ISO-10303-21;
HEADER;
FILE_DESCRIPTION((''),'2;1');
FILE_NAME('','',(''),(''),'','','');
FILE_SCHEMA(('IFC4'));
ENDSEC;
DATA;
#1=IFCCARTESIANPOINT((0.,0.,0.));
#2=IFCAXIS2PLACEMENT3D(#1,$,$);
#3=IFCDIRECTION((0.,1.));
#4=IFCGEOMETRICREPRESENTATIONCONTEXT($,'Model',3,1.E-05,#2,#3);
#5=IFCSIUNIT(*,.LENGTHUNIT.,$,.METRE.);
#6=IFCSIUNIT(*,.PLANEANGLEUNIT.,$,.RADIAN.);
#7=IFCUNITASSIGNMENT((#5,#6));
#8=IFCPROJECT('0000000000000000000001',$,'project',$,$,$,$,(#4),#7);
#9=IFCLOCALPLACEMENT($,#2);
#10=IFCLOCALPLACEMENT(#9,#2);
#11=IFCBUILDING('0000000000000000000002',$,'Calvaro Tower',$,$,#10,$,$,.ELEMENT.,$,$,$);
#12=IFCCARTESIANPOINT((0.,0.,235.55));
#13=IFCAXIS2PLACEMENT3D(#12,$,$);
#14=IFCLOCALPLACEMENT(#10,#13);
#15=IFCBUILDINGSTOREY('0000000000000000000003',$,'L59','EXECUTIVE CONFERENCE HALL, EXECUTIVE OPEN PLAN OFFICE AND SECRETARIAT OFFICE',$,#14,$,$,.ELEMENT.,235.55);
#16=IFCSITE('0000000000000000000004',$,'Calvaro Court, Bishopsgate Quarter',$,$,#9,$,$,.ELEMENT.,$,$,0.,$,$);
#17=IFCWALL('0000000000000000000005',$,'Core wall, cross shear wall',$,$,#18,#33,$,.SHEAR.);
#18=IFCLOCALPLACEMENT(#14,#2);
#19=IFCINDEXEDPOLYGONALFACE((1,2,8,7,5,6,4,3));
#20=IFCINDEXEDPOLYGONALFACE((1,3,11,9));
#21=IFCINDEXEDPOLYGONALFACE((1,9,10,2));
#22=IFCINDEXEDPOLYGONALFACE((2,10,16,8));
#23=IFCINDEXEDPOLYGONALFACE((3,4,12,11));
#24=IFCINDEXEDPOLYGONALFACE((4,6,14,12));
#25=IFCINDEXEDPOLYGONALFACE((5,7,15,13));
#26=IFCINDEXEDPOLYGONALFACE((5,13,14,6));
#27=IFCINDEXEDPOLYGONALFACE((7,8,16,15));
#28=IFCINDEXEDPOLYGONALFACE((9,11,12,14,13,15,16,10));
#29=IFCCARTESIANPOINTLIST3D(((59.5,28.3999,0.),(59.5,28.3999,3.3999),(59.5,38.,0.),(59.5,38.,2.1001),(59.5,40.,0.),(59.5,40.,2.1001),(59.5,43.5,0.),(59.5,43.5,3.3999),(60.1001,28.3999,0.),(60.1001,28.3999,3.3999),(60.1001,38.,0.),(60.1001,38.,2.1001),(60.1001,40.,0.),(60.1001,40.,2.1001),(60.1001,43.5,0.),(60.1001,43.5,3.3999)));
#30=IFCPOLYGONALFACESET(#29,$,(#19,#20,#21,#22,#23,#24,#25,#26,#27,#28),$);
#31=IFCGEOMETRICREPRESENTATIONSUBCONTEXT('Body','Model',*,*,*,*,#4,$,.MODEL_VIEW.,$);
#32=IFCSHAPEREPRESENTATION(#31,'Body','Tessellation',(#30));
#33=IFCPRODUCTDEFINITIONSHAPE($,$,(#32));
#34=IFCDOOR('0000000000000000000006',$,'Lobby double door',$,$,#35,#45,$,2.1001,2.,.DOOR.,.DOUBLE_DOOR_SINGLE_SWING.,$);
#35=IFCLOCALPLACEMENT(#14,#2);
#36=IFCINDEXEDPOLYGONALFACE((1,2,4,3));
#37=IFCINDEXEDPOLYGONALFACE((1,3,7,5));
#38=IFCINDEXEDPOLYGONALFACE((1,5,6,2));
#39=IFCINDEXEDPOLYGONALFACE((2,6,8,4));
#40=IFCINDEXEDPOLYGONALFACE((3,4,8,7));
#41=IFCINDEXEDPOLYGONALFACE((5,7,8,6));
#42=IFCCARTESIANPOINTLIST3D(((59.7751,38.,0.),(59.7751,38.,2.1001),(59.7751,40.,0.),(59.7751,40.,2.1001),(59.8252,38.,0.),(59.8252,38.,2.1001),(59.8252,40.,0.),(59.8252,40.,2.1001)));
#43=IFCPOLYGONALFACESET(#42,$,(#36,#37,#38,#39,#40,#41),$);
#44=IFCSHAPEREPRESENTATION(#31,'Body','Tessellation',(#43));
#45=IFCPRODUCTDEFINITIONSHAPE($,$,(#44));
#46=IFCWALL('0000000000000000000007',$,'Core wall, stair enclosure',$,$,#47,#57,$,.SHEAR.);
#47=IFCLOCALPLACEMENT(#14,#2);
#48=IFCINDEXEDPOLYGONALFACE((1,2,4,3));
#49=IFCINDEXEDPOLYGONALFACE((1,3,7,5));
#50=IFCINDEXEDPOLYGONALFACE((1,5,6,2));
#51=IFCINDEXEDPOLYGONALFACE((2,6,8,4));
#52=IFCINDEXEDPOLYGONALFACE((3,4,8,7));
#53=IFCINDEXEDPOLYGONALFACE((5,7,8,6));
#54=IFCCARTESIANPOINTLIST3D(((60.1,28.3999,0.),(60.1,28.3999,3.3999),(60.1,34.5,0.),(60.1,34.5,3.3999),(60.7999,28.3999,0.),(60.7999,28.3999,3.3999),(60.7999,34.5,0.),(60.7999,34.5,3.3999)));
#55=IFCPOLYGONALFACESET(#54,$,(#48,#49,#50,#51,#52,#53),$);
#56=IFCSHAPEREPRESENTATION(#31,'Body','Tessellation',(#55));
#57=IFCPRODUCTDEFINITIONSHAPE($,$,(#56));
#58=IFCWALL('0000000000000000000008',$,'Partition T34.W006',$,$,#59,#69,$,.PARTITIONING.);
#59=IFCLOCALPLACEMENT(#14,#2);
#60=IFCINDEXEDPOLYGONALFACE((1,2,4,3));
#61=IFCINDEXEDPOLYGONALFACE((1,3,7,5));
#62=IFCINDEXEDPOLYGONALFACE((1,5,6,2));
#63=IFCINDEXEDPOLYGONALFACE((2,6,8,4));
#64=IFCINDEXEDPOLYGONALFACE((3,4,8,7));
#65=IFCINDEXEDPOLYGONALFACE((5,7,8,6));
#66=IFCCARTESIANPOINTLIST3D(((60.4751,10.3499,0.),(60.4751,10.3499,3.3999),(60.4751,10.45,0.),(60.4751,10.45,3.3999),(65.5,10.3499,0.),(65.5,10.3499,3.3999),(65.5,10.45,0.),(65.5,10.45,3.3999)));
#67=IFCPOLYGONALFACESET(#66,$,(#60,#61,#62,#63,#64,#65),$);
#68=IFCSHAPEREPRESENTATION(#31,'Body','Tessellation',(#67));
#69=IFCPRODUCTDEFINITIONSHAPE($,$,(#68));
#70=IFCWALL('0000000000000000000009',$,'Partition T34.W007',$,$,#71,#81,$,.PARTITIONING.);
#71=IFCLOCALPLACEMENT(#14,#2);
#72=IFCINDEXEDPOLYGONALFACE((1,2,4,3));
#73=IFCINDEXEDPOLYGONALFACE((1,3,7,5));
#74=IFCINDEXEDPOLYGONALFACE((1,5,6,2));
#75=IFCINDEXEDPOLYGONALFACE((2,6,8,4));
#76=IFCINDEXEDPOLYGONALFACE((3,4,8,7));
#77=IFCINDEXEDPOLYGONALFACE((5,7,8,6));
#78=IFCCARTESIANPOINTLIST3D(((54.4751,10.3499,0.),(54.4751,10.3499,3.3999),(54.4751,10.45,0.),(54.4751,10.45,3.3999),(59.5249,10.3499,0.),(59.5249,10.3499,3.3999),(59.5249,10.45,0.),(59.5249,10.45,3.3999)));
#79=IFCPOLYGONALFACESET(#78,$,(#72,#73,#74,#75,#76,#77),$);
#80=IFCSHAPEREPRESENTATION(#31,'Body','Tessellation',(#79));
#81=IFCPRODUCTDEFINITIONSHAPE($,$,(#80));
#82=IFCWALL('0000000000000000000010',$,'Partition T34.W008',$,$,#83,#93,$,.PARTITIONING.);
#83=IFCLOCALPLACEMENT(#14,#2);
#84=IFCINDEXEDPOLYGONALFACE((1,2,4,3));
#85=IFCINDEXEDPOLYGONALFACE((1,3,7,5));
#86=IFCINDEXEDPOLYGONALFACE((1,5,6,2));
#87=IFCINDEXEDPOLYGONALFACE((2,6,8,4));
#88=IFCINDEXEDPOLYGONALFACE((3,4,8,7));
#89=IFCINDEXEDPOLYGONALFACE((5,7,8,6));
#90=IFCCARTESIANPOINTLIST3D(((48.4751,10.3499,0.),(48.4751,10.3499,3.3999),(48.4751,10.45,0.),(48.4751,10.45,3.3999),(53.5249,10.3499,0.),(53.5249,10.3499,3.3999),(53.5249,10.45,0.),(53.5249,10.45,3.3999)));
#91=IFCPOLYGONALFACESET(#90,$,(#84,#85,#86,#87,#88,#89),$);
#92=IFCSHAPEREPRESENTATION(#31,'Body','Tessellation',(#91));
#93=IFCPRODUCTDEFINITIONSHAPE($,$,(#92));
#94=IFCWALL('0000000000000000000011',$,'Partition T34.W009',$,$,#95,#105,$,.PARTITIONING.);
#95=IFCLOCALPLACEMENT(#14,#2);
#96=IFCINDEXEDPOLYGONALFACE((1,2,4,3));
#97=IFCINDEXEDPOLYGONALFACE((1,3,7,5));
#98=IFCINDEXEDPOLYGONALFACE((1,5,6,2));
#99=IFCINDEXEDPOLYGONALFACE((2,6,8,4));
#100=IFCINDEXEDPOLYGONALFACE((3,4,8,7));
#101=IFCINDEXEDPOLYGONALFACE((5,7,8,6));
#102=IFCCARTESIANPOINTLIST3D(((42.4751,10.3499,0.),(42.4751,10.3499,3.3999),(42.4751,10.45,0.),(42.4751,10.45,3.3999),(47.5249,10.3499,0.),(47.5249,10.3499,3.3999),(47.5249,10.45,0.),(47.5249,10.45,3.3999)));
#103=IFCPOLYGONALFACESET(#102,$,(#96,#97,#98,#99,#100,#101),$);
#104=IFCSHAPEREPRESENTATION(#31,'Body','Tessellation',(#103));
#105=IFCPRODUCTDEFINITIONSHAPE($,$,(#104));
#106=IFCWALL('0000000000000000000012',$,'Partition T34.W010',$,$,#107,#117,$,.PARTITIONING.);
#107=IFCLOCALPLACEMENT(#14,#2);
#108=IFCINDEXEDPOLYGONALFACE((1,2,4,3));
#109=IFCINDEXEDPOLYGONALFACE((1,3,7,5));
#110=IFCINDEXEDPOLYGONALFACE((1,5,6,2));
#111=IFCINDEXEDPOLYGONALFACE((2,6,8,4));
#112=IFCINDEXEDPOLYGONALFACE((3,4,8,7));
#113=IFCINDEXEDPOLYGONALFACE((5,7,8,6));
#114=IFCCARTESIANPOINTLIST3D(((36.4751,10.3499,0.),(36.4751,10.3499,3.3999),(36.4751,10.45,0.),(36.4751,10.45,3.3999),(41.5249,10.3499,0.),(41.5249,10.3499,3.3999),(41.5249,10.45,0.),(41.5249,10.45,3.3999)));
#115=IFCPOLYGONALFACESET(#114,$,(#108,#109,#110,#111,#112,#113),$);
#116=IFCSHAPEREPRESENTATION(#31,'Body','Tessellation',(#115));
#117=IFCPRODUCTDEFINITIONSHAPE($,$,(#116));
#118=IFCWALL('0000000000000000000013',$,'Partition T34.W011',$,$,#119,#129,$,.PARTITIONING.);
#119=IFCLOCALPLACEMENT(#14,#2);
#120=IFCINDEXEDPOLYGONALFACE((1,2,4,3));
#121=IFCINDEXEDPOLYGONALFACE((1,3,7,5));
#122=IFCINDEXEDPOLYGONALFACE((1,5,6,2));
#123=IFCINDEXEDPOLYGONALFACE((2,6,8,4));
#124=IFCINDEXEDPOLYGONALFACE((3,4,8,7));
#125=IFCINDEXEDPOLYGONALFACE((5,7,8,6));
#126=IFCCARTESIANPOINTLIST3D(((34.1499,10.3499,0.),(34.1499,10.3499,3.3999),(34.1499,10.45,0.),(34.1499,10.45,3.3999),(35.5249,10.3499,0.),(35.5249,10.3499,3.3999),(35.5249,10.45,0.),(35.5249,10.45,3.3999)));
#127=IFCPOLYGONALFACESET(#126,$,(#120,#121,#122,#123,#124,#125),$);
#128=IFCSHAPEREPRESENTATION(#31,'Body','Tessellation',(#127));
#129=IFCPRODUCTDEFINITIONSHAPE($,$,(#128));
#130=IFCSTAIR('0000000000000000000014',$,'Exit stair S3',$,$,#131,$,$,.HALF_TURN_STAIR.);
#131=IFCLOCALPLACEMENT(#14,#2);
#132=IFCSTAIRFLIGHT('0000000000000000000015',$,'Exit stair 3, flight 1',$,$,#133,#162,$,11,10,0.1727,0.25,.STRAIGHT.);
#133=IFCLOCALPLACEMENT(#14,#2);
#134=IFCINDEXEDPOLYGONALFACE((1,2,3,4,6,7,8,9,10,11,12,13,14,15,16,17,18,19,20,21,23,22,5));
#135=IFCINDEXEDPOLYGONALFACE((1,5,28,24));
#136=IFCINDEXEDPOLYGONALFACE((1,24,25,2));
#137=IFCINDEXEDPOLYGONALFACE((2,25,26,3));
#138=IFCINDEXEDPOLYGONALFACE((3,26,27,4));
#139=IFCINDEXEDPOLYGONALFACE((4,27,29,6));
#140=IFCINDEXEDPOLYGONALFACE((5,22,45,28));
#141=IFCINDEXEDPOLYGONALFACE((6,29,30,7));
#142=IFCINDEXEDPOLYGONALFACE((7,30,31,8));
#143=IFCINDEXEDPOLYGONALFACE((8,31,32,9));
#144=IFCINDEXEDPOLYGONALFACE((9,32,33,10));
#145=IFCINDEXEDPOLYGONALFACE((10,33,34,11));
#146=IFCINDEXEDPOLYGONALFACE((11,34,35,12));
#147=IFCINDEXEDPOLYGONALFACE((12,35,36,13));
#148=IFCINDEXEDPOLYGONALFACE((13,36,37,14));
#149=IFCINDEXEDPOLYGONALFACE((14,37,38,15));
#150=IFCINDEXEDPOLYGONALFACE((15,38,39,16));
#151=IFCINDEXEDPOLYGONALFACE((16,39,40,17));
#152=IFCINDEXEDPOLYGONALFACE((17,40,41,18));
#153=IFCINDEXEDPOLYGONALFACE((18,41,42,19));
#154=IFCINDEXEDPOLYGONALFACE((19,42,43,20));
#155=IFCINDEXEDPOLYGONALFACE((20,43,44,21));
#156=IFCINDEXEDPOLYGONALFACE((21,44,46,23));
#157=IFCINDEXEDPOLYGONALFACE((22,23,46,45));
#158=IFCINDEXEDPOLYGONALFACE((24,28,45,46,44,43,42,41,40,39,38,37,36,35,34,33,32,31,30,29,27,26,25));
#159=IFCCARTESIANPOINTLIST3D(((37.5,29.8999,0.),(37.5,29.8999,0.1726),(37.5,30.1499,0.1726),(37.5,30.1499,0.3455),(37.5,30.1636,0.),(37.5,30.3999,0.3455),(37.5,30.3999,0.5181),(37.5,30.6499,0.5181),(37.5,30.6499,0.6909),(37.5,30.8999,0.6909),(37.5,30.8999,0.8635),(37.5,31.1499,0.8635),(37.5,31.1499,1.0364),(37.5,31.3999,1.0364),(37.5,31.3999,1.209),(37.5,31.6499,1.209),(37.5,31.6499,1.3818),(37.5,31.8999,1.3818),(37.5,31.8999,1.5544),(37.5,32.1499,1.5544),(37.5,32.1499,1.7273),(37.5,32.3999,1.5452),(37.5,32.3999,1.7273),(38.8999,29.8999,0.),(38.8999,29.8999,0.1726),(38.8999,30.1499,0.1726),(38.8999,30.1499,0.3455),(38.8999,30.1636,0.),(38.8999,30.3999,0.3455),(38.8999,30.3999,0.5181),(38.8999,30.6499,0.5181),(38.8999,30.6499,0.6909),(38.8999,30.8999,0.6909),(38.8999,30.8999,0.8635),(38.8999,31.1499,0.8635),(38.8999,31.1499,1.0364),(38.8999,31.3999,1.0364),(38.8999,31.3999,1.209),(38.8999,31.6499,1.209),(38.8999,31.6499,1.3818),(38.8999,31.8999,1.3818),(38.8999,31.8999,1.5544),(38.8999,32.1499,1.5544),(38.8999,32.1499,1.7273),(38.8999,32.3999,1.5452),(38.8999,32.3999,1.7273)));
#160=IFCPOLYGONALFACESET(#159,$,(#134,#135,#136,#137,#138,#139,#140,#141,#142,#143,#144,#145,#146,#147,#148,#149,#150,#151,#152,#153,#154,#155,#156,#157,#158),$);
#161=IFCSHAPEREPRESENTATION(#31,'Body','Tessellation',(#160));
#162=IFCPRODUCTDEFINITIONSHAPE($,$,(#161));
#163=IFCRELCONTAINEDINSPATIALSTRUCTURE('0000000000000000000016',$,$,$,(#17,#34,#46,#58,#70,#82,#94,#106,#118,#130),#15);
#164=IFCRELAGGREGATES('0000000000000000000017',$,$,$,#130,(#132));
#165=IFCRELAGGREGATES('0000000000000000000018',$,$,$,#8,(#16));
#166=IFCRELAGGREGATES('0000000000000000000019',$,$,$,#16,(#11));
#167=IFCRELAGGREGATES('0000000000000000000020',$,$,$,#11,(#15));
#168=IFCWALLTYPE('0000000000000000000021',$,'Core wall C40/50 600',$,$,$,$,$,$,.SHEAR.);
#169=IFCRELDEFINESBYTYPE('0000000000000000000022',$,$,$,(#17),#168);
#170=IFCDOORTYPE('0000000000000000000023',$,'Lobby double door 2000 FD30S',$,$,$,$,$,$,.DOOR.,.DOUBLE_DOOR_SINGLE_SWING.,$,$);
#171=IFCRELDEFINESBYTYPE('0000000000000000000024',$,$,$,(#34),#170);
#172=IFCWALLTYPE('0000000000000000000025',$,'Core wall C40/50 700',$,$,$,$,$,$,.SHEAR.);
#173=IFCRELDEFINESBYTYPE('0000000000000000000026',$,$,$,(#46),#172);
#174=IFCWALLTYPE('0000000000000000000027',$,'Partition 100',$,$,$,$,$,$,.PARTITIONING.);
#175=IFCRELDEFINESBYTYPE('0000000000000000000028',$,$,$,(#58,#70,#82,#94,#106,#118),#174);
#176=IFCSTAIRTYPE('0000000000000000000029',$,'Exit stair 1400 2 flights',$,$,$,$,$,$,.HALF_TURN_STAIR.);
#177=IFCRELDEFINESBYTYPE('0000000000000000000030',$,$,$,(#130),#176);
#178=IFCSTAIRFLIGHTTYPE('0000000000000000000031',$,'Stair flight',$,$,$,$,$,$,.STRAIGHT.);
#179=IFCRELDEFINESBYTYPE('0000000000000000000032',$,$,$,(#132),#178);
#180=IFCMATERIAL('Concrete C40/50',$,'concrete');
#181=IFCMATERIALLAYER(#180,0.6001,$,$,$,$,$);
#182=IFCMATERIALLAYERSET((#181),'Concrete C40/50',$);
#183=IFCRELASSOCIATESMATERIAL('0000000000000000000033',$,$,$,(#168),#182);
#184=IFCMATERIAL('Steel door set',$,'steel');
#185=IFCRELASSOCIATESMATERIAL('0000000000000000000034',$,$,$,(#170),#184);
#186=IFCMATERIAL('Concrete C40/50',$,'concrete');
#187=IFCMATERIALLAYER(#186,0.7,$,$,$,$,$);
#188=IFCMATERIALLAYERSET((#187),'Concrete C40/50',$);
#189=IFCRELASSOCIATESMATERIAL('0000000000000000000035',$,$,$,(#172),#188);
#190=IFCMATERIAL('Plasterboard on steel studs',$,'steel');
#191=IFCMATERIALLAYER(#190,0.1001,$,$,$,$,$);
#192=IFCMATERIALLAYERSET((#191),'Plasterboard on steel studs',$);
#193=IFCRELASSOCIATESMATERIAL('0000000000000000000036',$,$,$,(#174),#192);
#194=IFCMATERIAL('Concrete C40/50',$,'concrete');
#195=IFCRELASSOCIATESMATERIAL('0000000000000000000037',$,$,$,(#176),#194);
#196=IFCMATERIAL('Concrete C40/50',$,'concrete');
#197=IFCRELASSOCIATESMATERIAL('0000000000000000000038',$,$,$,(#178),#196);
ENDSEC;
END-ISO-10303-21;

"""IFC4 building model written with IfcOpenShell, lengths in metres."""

from ifc_helpers import new_model, si_unit, direction, frame, frame_2d, origin, place, context, subcontext, project, spatial, polyline, rectangle, outline, extrude, material, layer, layer_set, type_object, element, fill, aggregate, save


model = new_model("IFC4")

# Units and contexts
model_context = context("Model", 3, precision=1e-05, world=origin(), true_north=direction((0.0, 1.0)))
body_context = subcontext(model_context, "Body", "Model", "MODEL_VIEW")
ifc_project = project(units=[si_unit("LENGTHUNIT", "METRE"), si_unit("PLANEANGLEUNIT", "RADIAN")], contexts=[model_context])

# Site, building, storey
site_placement = place(None, origin())
site = spatial("IfcSite", under=ifc_project, at=site_placement, Name="Calvaro Court, Bishopsgate Quarter", CompositionType="ELEMENT", RefElevation=0.0)
building_placement = place(site_placement, origin())
building = spatial("IfcBuilding", under=site, at=building_placement, Name="Calvaro Tower", CompositionType="ELEMENT")
storey_placement = place(building_placement, frame((0.0, 0.0, 235.55)))
storey = spatial("IfcBuildingStorey", under=building, at=storey_placement, Name="L59", Description="EXECUTIVE CONFERENCE HALL, EXECUTIVE OPEN PLAN OFFICE AND SECRETARIAT OFFICE", CompositionType="ELEMENT", Elevation=235.55)

# Wall, opening, door
ifc_material_1 = material(Name="Concrete C40/50", Category="concrete")
ifc_layer_1 = layer(ifc_material_1, 0.6001)
ifc_layer_set_1 = layer_set([ifc_layer_1], Name="Concrete C40/50")
wall_type_1 = type_object("IfcWallType", Name="Core wall C40/50 600", PredefinedType="SHEAR", material=ifc_layer_set_1)
wall_1_placement = place(storey_placement, frame((59.8, 28.3999, 0.0), z_axis=(0.0, 0.0, 1.0), x_axis=(0.0, 1.0, 0.0)))
wall_1 = element("IfcWall", 1, at=wall_1_placement, inside=storey, type_object=wall_type_1, Name="Core wall, cross shear wall", PredefinedType="SHEAR", context=body_context, shape_type="SweptSolid", body=[
    extrude(rectangle(XDim=15.1001, YDim=0.6001, at=frame_2d((7.55, 0.0))), origin(), (0.0, 0.0, 1.0), 3.3999),
])
opening_placement = place(wall_1_placement, frame((9.6001, 0.0, 0.0)))
opening = element("IfcOpeningElement", 2, at=opening_placement, cuts=wall_1, PredefinedType="OPENING", context=body_context, shape_type="SweptSolid", body=[
    extrude(rectangle(XDim=2.0, YDim=2.1001, at=frame_2d((1.0, 1.05))), frame((0.0, 0.3101, 0.0), z_axis=(0.0, -1.0, 0.0), x_axis=(1.0, 0.0, 0.0)), (0.0, 0.0, 1.0), 0.6201),
])
ifc_material_2 = material(Name="Steel door set", Category="steel")
door_type = type_object("IfcDoorType", Name="Lobby double door 2000 FD30S", OperationType="DOUBLE_DOOR_SINGLE_SWING", PredefinedType="DOOR", material=ifc_material_2)
door_placement = place(opening_placement, origin())
door = element("IfcDoor", 3, at=door_placement, inside=storey, type_object=door_type, Name="Lobby double door", OperationType="DOUBLE_DOOR_SINGLE_SWING", OverallHeight=2.1001, OverallWidth=2.0, PredefinedType="DOOR", context=body_context, shape_type="SweptSolid", body=[
    extrude(rectangle(XDim=2.0, YDim=2.1001, at=frame_2d((1.0, 1.05))), frame((0.0, 0.0249, 0.0), z_axis=(0.0, -1.0, 0.0), x_axis=(1.0, 0.0, 0.0)), (0.0, 0.0, 1.0), 0.05),
])
fill(opening, door)

# Walls
ifc_material_3 = material(Name="Concrete C40/50", Category="concrete")
ifc_layer_2 = layer(ifc_material_3, 0.7)
ifc_layer_set_2 = layer_set([ifc_layer_2], Name="Concrete C40/50")
wall_type_2 = type_object("IfcWallType", Name="Core wall C40/50 700", PredefinedType="SHEAR", material=ifc_layer_set_2)
wall_2_placement = place(storey_placement, frame((60.45, 28.3999, 0.0), z_axis=(0.0, 0.0, 1.0), x_axis=(0.0, 1.0, 0.0)))
element("IfcWall", 4, at=wall_2_placement, inside=storey, type_object=wall_type_2, Name="Core wall, stair enclosure", PredefinedType="SHEAR", context=body_context, shape_type="SweptSolid", body=[
    extrude(rectangle(XDim=6.1001, YDim=0.7, at=frame_2d((3.05, 0.0))), origin(), (0.0, 0.0, 1.0), 3.3999),
])
ifc_material_4 = material(Name="Plasterboard on steel studs", Category="steel")
ifc_layer_3 = layer(ifc_material_4, 0.1001)
ifc_layer_set_3 = layer_set([ifc_layer_3], Name="Plasterboard on steel studs")
wall_type_3 = type_object("IfcWallType", Name="Partition 100", PredefinedType="PARTITIONING", material=ifc_layer_set_3)
wall_3_placement = place(storey_placement, frame((60.4751, 10.3999, 0.0), z_axis=(0.0, 0.0, 1.0), x_axis=(1.0, 0.0, 0.0)))
element("IfcWall", 5, at=wall_3_placement, inside=storey, type_object=wall_type_3, Name="Partition T34.W006", PredefinedType="PARTITIONING", context=body_context, shape_type="SweptSolid", body=[
    extrude(rectangle(XDim=5.0249, YDim=0.1001, at=frame_2d((2.5125, 0.0))), origin(), (0.0, 0.0, 1.0), 3.3999),
])
for number, where, z_axis, x_axis, name in (
    (6, (54.4751, 10.3999, 0.0), (0.0, 0.0, 1.0), (1.0, 0.0, 0.0), "Partition T34.W007"),
    (7, (48.4751, 10.3999, 0.0), (0.0, 0.0, 1.0), (1.0, 0.0, 0.0), "Partition T34.W008"),
    (8, (42.4751, 10.3999, 0.0), (0.0, 0.0, 1.0), (1.0, 0.0, 0.0), "Partition T34.W009"),
    (9, (36.4751, 10.3999, 0.0), (0.0, 0.0, 1.0), (1.0, 0.0, 0.0), "Partition T34.W010"),
):
    element("IfcWall", number, at=place(storey_placement, frame(where, z_axis=z_axis, x_axis=x_axis)), inside=storey, type_object=wall_type_3, Name=name, PredefinedType="PARTITIONING", context=body_context, shape_type="SweptSolid", body=[
        extrude(rectangle(XDim=5.0498, YDim=0.1001, at=frame_2d((2.5249, 0.0))), origin(), (0.0, 0.0, 1.0), 3.3999),
    ])
wall_4_placement = place(storey_placement, frame((34.1499, 10.3999, 0.0), z_axis=(0.0, 0.0, 1.0), x_axis=(1.0, 0.0, 0.0)))
element("IfcWall", 10, at=wall_4_placement, inside=storey, type_object=wall_type_3, Name="Partition T34.W011", PredefinedType="PARTITIONING", context=body_context, shape_type="SweptSolid", body=[
    extrude(rectangle(XDim=1.375, YDim=0.1001, at=frame_2d((0.6875, 0.0))), origin(), (0.0, 0.0, 1.0), 3.3999),
])

# Stair, stair flight
ifc_material_5 = material(Name="Concrete C40/50", Category="concrete")
stair_type = type_object("IfcStairType", Name="Exit stair 1400 2 flights", PredefinedType="HALF_TURN_STAIR", material=ifc_material_5)
stair_1_placement = place(storey_placement, origin())
stair_1 = element("IfcStair", 11, at=stair_1_placement, inside=storey, type_object=stair_type, Name="Exit stair S3", PredefinedType="HALF_TURN_STAIR")
ifc_material_6 = material(Name="Concrete C40/50", Category="concrete")
stair_flight_type = type_object("IfcStairFlightType", Name="Stair flight", PredefinedType="STRAIGHT", material=ifc_material_6)
stair_flight_1_placement = place(storey_placement, frame((38.2, 29.8999, 0.0), z_axis=(0.0, 0.0, 1.0), x_axis=(0.0, 1.0, 0.0)))
stair_flight_1 = element("IfcStairFlight", 12, at=stair_flight_1_placement, type_object=stair_flight_type, Name="Exit stair 3, flight 1", NumberOfRisers=11, NumberOfTreads=10, PredefinedType="STRAIGHT", RiserHeight=0.1727, TreadLength=0.25, context=body_context, shape_type="SweptSolid", body=[
    extrude(outline(polyline([(0.0, 0.0), (0.0, 0.1726), (0.25, 0.1726), (0.25, 0.3455), (0.5, 0.3455), (0.5, 0.5181), (0.75, 0.5181), (0.75, 0.6909), (1.0, 0.6909), (1.0, 0.8635), (1.25, 0.8635), (1.25, 1.0364), (1.5, 1.0364), (1.5, 1.209), (1.75, 1.209), (1.75, 1.3818), (2.0, 1.3818), (2.0, 1.5544), (2.25, 1.5544), (2.25, 1.7273), (2.5, 1.7273), (2.5, 1.8999), (2.5, 1.5452), (0.2637, 0.0), (0.0, 0.0)])), frame((0.0, 0.7, 0.0), z_axis=(0.0, -1.0, 0.0), x_axis=(1.0, 0.0, 0.0)), (0.0, 0.0, 1.0), 1.3999),
])

aggregate(stair_1, [stair_flight_1])

save(model, "model.ifc")
